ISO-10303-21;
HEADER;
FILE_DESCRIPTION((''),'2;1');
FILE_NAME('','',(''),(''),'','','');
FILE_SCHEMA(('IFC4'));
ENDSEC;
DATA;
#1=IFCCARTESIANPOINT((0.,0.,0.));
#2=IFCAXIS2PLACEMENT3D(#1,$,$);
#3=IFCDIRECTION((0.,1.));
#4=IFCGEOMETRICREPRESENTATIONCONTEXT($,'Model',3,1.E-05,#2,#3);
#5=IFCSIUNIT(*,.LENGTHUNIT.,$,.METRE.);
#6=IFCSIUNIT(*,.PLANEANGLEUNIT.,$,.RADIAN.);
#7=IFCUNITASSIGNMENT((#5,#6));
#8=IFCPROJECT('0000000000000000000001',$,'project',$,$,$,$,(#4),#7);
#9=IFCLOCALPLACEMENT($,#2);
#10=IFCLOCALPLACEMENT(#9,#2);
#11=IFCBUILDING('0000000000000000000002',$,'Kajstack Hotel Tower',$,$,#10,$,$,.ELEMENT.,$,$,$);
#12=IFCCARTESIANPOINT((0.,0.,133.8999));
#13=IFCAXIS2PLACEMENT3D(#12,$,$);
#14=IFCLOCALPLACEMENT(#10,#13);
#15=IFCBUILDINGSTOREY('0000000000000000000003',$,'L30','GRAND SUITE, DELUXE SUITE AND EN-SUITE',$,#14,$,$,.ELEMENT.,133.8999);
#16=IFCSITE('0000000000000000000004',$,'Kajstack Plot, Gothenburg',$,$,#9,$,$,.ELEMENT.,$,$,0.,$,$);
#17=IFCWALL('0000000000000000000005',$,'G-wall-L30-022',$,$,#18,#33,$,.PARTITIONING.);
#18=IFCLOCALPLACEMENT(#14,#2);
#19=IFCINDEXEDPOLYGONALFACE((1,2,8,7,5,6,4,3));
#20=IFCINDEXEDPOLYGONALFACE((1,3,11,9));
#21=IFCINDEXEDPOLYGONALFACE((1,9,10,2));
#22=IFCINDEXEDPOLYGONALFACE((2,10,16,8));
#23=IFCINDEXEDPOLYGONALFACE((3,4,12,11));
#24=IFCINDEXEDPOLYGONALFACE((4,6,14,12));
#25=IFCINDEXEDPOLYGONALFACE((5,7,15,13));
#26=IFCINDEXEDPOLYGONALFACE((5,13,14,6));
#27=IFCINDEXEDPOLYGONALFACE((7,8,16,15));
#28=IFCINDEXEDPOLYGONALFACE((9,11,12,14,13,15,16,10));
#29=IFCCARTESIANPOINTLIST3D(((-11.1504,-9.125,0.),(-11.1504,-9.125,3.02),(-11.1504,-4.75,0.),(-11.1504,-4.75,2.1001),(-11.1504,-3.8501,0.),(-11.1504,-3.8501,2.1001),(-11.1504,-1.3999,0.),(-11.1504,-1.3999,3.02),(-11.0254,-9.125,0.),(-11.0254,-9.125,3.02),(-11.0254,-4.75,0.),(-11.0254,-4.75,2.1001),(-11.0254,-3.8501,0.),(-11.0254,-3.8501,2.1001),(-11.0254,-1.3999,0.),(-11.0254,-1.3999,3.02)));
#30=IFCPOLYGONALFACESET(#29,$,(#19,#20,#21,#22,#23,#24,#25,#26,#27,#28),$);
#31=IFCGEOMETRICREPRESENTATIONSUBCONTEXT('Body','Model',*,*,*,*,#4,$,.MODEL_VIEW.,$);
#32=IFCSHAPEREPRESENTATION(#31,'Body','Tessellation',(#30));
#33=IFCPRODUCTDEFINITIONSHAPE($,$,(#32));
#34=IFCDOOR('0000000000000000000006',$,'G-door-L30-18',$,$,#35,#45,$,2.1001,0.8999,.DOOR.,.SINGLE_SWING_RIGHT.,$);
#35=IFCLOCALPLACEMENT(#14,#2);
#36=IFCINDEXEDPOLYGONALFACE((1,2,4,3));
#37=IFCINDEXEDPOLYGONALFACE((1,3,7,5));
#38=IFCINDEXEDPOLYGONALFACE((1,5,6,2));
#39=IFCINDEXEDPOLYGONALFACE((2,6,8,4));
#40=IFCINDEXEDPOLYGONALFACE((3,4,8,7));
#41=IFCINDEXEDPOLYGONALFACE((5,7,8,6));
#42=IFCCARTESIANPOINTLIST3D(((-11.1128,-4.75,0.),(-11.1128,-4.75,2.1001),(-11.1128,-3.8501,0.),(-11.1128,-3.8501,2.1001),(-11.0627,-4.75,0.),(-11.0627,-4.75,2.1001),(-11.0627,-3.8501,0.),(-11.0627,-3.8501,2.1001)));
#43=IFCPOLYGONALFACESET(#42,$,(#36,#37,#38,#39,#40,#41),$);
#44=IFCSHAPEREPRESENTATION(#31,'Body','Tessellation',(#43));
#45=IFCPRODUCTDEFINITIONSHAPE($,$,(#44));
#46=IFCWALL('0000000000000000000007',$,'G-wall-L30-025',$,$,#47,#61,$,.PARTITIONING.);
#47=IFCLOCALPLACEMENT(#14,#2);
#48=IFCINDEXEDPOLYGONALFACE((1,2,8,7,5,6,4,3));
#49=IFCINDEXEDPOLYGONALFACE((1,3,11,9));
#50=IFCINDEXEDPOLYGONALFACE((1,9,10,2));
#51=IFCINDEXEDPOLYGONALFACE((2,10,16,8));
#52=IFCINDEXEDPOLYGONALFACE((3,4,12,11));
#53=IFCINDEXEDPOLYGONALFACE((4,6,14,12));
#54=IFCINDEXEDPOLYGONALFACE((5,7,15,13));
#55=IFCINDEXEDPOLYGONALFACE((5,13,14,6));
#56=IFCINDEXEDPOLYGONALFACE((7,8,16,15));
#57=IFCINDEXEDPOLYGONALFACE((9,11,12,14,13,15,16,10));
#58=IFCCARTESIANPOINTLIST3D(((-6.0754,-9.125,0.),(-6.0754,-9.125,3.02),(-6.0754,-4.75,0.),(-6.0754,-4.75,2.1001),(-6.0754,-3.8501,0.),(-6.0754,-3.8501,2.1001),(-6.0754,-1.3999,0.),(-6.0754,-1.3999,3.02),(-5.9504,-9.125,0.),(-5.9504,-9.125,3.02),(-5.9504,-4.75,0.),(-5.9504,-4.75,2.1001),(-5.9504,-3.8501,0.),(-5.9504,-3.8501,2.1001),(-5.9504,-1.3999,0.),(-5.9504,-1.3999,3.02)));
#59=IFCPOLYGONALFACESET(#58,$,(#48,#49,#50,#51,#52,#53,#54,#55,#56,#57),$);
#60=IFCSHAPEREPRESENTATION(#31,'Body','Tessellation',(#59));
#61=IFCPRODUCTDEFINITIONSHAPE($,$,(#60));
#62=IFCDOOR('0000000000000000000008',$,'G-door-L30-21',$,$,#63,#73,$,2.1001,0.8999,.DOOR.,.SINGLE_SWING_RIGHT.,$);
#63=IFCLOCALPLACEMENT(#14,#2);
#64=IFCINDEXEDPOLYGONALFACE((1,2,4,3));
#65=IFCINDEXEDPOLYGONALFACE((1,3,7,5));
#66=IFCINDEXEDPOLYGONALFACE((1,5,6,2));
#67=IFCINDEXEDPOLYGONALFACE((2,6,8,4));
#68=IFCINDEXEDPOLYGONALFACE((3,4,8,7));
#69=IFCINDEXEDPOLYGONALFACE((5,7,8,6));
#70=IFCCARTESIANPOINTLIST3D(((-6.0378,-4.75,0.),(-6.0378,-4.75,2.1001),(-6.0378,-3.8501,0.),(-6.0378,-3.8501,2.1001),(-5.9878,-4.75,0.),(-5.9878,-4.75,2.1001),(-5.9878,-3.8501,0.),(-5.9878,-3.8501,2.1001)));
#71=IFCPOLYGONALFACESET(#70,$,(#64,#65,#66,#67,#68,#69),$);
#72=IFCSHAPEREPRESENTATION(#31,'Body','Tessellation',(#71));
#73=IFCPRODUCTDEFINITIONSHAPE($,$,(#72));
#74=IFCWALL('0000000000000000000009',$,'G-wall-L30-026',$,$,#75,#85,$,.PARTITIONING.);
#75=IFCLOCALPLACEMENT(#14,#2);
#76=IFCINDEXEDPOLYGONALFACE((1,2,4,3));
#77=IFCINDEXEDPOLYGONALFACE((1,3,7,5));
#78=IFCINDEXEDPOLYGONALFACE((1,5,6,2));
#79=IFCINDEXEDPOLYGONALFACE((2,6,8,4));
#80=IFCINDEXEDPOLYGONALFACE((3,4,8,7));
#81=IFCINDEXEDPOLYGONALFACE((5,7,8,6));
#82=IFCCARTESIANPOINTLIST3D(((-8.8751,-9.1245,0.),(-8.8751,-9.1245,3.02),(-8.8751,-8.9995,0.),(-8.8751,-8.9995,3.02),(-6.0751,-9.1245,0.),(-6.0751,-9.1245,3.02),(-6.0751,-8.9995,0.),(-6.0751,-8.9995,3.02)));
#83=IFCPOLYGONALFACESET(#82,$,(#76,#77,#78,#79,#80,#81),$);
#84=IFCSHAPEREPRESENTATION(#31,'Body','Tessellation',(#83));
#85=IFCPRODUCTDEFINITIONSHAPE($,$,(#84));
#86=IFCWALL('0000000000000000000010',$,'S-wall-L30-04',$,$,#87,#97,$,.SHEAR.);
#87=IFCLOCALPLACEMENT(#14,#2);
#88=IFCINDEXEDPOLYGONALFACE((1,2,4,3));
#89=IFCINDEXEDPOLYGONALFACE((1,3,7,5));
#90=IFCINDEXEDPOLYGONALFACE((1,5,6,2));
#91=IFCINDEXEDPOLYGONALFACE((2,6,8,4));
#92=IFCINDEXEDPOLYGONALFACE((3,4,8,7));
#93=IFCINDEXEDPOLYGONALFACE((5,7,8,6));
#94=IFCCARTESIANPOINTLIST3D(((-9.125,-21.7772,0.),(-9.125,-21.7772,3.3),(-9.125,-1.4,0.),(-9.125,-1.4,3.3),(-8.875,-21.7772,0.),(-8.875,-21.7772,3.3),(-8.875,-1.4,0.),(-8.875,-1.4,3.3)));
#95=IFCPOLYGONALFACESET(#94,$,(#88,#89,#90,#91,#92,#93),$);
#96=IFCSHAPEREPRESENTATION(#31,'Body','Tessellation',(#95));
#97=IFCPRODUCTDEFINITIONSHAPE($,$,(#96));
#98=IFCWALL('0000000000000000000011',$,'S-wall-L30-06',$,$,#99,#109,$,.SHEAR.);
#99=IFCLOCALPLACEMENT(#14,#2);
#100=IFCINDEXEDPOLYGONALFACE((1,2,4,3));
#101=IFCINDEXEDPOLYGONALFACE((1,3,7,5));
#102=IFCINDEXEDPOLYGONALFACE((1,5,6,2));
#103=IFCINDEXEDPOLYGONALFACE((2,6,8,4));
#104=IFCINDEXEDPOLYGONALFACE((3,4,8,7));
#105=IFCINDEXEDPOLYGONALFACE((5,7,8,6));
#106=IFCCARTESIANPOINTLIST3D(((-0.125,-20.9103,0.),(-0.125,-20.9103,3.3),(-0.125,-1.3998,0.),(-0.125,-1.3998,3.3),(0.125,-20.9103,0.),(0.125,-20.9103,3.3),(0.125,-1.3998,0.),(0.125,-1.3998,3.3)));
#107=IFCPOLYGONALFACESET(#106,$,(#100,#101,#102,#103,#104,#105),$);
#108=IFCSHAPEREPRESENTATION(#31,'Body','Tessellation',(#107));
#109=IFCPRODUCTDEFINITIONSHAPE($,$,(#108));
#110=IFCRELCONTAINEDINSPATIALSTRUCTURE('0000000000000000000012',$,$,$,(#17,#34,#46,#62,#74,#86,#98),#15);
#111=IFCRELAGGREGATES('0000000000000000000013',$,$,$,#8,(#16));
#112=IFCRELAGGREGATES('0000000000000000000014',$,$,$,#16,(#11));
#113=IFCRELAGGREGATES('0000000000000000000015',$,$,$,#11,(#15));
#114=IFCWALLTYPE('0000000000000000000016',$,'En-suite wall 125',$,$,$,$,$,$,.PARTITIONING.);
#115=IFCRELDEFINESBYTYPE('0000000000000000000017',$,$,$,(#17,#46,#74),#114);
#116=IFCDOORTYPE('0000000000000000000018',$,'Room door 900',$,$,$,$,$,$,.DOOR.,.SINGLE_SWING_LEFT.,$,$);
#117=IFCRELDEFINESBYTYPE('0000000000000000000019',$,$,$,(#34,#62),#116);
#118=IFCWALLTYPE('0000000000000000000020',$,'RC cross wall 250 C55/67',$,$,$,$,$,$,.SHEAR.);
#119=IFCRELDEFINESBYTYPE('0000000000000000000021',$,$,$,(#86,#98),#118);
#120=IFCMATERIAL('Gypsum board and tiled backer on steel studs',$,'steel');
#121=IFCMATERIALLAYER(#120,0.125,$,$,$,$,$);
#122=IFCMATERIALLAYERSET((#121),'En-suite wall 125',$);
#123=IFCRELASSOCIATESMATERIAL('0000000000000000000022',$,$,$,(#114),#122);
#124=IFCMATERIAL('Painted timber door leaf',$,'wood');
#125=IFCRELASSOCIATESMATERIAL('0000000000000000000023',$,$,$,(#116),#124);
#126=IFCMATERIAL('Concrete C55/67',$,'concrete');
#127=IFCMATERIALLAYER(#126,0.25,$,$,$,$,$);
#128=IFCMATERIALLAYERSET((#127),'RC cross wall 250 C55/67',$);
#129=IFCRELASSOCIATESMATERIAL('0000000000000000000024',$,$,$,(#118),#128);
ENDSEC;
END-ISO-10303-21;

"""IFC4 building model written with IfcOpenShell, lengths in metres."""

from ifc_helpers import new_model, si_unit, direction, frame, frame_2d, origin, place, context, subcontext, project, spatial, rectangle, extrude, material, layer, layer_set, type_object, element, fill, save


model = new_model("IFC4")

# Units and contexts
model_context = context("Model", 3, precision=1e-05, world=origin(), true_north=direction((0.0, 1.0)))
body_context = subcontext(model_context, "Body", "Model", "MODEL_VIEW")
ifc_project = project(units=[si_unit("LENGTHUNIT", "METRE"), si_unit("PLANEANGLEUNIT", "RADIAN")], contexts=[model_context])

# Site, building, storey
site_placement = place(None, origin())
site = spatial("IfcSite", under=ifc_project, at=site_placement, Name="Kajstack Plot, Gothenburg", CompositionType="ELEMENT", RefElevation=0.0)
building_placement = place(site_placement, origin())
building = spatial("IfcBuilding", under=site, at=building_placement, Name="Kajstack Hotel Tower", CompositionType="ELEMENT")
storey_placement = place(building_placement, frame((0.0, 0.0, 133.8999)))
storey = spatial("IfcBuildingStorey", under=building, at=storey_placement, Name="L30", Description="GRAND SUITE, DELUXE SUITE AND EN-SUITE", CompositionType="ELEMENT", Elevation=133.8999)

# Walls, openings, doors
ifc_material_1 = material(Name="Gypsum board and tiled backer on steel studs", Category="steel")
ifc_layer_1 = layer(ifc_material_1, 0.125)
ifc_layer_set_1 = layer_set([ifc_layer_1], Name="En-suite wall 125")
wall_type_1 = type_object("IfcWallType", Name="En-suite wall 125", PredefinedType="PARTITIONING", material=ifc_layer_set_1)
wall_1_placement = place(storey_placement, frame((-11.0879, -9.125, 0.0), z_axis=(0.0, 0.0, 1.0), x_axis=(0.0, 1.0, 0.0)))
wall_1 = element("IfcWall", 1, at=wall_1_placement, inside=storey, type_object=wall_type_1, Name="G-wall-L30-022", PredefinedType="PARTITIONING", context=body_context, shape_type="SweptSolid", body=[
    extrude(rectangle(XDim=7.7251, YDim=0.125, at=frame_2d((3.8625, 0.0))), origin(), (0.0, 0.0, 1.0), 3.02),
])
opening_1_placement = place(wall_1_placement, frame((4.375, 0.0, 0.0)))
opening_1 = element("IfcOpeningElement", 2, at=opening_1_placement, cuts=wall_1, PredefinedType="OPENING", context=body_context, shape_type="SweptSolid", body=[
    extrude(rectangle(XDim=0.8999, YDim=2.1001, at=frame_2d((0.45, 1.05))), frame((0.0, 0.0725, 0.0), z_axis=(0.0, -1.0, 0.0), x_axis=(1.0, 0.0, 0.0)), (0.0, 0.0, 1.0), 0.145),
])
ifc_material_2 = material(Name="Painted timber door leaf", Category="wood")
door_type = type_object("IfcDoorType", Name="Room door 900", OperationType="SINGLE_SWING_LEFT", PredefinedType="DOOR", material=ifc_material_2)
door_1_placement = place(opening_1_placement, origin())
door_1 = element("IfcDoor", 3, at=door_1_placement, inside=storey, type_object=door_type, Name="G-door-L30-18", OperationType="SINGLE_SWING_RIGHT", OverallHeight=2.1001, OverallWidth=0.8999, PredefinedType="DOOR", context=body_context, shape_type="SweptSolid", body=[
    extrude(rectangle(XDim=0.8999, YDim=2.1001, at=frame_2d((0.45, 1.05))), frame((0.0, 0.0249, 0.0), z_axis=(0.0, -1.0, 0.0), x_axis=(1.0, 0.0, 0.0)), (0.0, 0.0, 1.0), 0.05),
])
fill(opening_1, door_1)
wall_2_placement = place(storey_placement, frame((-6.0129, -9.125, 0.0), z_axis=(0.0, 0.0, 1.0), x_axis=(0.0, 1.0, 0.0)))
wall_2 = element("IfcWall", 4, at=wall_2_placement, inside=storey, type_object=wall_type_1, Name="G-wall-L30-025", PredefinedType="PARTITIONING", context=body_context, shape_type="SweptSolid", body=[
    extrude(rectangle(XDim=7.7251, YDim=0.125, at=frame_2d((3.8625, 0.0))), origin(), (0.0, 0.0, 1.0), 3.02),
])
opening_2_placement = place(wall_2_placement, frame((4.375, 0.0, 0.0)))
opening_2 = element("IfcOpeningElement", 5, at=opening_2_placement, cuts=wall_2, PredefinedType="OPENING", context=body_context, shape_type="SweptSolid", body=[
    extrude(rectangle(XDim=0.8999, YDim=2.1001, at=frame_2d((0.45, 1.05))), frame((0.0, 0.0725, 0.0), z_axis=(0.0, -1.0, 0.0), x_axis=(1.0, 0.0, 0.0)), (0.0, 0.0, 1.0), 0.145),
])
door_2_placement = place(opening_2_placement, origin())
door_2 = element("IfcDoor", 6, at=door_2_placement, inside=storey, type_object=door_type, Name="G-door-L30-21", OperationType="SINGLE_SWING_RIGHT", OverallHeight=2.1001, OverallWidth=0.8999, PredefinedType="DOOR", context=body_context, shape_type="SweptSolid", body=[
    extrude(rectangle(XDim=0.8999, YDim=2.1001, at=frame_2d((0.45, 1.05))), frame((0.0, 0.0249, 0.0), z_axis=(0.0, -1.0, 0.0), x_axis=(1.0, 0.0, 0.0)), (0.0, 0.0, 1.0), 0.05),
])
fill(opening_2, door_2)

# Walls
wall_3_placement = place(storey_placement, frame((-8.875, -9.062, 0.0), z_axis=(0.0, 0.0, 1.0), x_axis=(1.0, 0.0, 0.0)))
element("IfcWall", 7, at=wall_3_placement, inside=storey, type_object=wall_type_1, Name="G-wall-L30-026", PredefinedType="PARTITIONING", context=body_context, shape_type="SweptSolid", body=[
    extrude(rectangle(XDim=2.8, YDim=0.125, at=frame_2d((1.3999, 0.0))), origin(), (0.0, 0.0, 1.0), 3.02),
])
ifc_material_3 = material(Name="Concrete C55/67", Category="concrete")
ifc_layer_2 = layer(ifc_material_3, 0.25)
ifc_layer_set_2 = layer_set([ifc_layer_2], Name="RC cross wall 250 C55/67")
wall_type_2 = type_object("IfcWallType", Name="RC cross wall 250 C55/67", PredefinedType="SHEAR", material=ifc_layer_set_2)
wall_4_placement = place(storey_placement, frame((-9.0, -21.7771, 0.0), z_axis=(0.0, 0.0, 1.0), x_axis=(0.0, 1.0, 0.0)))
element("IfcWall", 8, at=wall_4_placement, inside=storey, type_object=wall_type_2, Name="S-wall-L30-04", PredefinedType="SHEAR", context=body_context, shape_type="SweptSolid", body=[
    extrude(rectangle(XDim=20.3772, YDim=0.25, at=frame_2d((10.1885, 0.0))), origin(), (0.0, 0.0, 1.0), 3.3),
])
wall_5_placement = place(storey_placement, frame((0.0, -20.9104, 0.0), z_axis=(0.0, 0.0, 1.0), x_axis=(0.0, 1.0, 0.0)))
element("IfcWall", 9, at=wall_5_placement, inside=storey, type_object=wall_type_2, Name="S-wall-L30-06", PredefinedType="SHEAR", context=body_context, shape_type="SweptSolid", body=[
    extrude(rectangle(XDim=19.5105, YDim=0.25, at=frame_2d((9.7554, 0.0))), origin(), (0.0, 0.0, 1.0), 3.3),
])

save(model, "model.ifc")
